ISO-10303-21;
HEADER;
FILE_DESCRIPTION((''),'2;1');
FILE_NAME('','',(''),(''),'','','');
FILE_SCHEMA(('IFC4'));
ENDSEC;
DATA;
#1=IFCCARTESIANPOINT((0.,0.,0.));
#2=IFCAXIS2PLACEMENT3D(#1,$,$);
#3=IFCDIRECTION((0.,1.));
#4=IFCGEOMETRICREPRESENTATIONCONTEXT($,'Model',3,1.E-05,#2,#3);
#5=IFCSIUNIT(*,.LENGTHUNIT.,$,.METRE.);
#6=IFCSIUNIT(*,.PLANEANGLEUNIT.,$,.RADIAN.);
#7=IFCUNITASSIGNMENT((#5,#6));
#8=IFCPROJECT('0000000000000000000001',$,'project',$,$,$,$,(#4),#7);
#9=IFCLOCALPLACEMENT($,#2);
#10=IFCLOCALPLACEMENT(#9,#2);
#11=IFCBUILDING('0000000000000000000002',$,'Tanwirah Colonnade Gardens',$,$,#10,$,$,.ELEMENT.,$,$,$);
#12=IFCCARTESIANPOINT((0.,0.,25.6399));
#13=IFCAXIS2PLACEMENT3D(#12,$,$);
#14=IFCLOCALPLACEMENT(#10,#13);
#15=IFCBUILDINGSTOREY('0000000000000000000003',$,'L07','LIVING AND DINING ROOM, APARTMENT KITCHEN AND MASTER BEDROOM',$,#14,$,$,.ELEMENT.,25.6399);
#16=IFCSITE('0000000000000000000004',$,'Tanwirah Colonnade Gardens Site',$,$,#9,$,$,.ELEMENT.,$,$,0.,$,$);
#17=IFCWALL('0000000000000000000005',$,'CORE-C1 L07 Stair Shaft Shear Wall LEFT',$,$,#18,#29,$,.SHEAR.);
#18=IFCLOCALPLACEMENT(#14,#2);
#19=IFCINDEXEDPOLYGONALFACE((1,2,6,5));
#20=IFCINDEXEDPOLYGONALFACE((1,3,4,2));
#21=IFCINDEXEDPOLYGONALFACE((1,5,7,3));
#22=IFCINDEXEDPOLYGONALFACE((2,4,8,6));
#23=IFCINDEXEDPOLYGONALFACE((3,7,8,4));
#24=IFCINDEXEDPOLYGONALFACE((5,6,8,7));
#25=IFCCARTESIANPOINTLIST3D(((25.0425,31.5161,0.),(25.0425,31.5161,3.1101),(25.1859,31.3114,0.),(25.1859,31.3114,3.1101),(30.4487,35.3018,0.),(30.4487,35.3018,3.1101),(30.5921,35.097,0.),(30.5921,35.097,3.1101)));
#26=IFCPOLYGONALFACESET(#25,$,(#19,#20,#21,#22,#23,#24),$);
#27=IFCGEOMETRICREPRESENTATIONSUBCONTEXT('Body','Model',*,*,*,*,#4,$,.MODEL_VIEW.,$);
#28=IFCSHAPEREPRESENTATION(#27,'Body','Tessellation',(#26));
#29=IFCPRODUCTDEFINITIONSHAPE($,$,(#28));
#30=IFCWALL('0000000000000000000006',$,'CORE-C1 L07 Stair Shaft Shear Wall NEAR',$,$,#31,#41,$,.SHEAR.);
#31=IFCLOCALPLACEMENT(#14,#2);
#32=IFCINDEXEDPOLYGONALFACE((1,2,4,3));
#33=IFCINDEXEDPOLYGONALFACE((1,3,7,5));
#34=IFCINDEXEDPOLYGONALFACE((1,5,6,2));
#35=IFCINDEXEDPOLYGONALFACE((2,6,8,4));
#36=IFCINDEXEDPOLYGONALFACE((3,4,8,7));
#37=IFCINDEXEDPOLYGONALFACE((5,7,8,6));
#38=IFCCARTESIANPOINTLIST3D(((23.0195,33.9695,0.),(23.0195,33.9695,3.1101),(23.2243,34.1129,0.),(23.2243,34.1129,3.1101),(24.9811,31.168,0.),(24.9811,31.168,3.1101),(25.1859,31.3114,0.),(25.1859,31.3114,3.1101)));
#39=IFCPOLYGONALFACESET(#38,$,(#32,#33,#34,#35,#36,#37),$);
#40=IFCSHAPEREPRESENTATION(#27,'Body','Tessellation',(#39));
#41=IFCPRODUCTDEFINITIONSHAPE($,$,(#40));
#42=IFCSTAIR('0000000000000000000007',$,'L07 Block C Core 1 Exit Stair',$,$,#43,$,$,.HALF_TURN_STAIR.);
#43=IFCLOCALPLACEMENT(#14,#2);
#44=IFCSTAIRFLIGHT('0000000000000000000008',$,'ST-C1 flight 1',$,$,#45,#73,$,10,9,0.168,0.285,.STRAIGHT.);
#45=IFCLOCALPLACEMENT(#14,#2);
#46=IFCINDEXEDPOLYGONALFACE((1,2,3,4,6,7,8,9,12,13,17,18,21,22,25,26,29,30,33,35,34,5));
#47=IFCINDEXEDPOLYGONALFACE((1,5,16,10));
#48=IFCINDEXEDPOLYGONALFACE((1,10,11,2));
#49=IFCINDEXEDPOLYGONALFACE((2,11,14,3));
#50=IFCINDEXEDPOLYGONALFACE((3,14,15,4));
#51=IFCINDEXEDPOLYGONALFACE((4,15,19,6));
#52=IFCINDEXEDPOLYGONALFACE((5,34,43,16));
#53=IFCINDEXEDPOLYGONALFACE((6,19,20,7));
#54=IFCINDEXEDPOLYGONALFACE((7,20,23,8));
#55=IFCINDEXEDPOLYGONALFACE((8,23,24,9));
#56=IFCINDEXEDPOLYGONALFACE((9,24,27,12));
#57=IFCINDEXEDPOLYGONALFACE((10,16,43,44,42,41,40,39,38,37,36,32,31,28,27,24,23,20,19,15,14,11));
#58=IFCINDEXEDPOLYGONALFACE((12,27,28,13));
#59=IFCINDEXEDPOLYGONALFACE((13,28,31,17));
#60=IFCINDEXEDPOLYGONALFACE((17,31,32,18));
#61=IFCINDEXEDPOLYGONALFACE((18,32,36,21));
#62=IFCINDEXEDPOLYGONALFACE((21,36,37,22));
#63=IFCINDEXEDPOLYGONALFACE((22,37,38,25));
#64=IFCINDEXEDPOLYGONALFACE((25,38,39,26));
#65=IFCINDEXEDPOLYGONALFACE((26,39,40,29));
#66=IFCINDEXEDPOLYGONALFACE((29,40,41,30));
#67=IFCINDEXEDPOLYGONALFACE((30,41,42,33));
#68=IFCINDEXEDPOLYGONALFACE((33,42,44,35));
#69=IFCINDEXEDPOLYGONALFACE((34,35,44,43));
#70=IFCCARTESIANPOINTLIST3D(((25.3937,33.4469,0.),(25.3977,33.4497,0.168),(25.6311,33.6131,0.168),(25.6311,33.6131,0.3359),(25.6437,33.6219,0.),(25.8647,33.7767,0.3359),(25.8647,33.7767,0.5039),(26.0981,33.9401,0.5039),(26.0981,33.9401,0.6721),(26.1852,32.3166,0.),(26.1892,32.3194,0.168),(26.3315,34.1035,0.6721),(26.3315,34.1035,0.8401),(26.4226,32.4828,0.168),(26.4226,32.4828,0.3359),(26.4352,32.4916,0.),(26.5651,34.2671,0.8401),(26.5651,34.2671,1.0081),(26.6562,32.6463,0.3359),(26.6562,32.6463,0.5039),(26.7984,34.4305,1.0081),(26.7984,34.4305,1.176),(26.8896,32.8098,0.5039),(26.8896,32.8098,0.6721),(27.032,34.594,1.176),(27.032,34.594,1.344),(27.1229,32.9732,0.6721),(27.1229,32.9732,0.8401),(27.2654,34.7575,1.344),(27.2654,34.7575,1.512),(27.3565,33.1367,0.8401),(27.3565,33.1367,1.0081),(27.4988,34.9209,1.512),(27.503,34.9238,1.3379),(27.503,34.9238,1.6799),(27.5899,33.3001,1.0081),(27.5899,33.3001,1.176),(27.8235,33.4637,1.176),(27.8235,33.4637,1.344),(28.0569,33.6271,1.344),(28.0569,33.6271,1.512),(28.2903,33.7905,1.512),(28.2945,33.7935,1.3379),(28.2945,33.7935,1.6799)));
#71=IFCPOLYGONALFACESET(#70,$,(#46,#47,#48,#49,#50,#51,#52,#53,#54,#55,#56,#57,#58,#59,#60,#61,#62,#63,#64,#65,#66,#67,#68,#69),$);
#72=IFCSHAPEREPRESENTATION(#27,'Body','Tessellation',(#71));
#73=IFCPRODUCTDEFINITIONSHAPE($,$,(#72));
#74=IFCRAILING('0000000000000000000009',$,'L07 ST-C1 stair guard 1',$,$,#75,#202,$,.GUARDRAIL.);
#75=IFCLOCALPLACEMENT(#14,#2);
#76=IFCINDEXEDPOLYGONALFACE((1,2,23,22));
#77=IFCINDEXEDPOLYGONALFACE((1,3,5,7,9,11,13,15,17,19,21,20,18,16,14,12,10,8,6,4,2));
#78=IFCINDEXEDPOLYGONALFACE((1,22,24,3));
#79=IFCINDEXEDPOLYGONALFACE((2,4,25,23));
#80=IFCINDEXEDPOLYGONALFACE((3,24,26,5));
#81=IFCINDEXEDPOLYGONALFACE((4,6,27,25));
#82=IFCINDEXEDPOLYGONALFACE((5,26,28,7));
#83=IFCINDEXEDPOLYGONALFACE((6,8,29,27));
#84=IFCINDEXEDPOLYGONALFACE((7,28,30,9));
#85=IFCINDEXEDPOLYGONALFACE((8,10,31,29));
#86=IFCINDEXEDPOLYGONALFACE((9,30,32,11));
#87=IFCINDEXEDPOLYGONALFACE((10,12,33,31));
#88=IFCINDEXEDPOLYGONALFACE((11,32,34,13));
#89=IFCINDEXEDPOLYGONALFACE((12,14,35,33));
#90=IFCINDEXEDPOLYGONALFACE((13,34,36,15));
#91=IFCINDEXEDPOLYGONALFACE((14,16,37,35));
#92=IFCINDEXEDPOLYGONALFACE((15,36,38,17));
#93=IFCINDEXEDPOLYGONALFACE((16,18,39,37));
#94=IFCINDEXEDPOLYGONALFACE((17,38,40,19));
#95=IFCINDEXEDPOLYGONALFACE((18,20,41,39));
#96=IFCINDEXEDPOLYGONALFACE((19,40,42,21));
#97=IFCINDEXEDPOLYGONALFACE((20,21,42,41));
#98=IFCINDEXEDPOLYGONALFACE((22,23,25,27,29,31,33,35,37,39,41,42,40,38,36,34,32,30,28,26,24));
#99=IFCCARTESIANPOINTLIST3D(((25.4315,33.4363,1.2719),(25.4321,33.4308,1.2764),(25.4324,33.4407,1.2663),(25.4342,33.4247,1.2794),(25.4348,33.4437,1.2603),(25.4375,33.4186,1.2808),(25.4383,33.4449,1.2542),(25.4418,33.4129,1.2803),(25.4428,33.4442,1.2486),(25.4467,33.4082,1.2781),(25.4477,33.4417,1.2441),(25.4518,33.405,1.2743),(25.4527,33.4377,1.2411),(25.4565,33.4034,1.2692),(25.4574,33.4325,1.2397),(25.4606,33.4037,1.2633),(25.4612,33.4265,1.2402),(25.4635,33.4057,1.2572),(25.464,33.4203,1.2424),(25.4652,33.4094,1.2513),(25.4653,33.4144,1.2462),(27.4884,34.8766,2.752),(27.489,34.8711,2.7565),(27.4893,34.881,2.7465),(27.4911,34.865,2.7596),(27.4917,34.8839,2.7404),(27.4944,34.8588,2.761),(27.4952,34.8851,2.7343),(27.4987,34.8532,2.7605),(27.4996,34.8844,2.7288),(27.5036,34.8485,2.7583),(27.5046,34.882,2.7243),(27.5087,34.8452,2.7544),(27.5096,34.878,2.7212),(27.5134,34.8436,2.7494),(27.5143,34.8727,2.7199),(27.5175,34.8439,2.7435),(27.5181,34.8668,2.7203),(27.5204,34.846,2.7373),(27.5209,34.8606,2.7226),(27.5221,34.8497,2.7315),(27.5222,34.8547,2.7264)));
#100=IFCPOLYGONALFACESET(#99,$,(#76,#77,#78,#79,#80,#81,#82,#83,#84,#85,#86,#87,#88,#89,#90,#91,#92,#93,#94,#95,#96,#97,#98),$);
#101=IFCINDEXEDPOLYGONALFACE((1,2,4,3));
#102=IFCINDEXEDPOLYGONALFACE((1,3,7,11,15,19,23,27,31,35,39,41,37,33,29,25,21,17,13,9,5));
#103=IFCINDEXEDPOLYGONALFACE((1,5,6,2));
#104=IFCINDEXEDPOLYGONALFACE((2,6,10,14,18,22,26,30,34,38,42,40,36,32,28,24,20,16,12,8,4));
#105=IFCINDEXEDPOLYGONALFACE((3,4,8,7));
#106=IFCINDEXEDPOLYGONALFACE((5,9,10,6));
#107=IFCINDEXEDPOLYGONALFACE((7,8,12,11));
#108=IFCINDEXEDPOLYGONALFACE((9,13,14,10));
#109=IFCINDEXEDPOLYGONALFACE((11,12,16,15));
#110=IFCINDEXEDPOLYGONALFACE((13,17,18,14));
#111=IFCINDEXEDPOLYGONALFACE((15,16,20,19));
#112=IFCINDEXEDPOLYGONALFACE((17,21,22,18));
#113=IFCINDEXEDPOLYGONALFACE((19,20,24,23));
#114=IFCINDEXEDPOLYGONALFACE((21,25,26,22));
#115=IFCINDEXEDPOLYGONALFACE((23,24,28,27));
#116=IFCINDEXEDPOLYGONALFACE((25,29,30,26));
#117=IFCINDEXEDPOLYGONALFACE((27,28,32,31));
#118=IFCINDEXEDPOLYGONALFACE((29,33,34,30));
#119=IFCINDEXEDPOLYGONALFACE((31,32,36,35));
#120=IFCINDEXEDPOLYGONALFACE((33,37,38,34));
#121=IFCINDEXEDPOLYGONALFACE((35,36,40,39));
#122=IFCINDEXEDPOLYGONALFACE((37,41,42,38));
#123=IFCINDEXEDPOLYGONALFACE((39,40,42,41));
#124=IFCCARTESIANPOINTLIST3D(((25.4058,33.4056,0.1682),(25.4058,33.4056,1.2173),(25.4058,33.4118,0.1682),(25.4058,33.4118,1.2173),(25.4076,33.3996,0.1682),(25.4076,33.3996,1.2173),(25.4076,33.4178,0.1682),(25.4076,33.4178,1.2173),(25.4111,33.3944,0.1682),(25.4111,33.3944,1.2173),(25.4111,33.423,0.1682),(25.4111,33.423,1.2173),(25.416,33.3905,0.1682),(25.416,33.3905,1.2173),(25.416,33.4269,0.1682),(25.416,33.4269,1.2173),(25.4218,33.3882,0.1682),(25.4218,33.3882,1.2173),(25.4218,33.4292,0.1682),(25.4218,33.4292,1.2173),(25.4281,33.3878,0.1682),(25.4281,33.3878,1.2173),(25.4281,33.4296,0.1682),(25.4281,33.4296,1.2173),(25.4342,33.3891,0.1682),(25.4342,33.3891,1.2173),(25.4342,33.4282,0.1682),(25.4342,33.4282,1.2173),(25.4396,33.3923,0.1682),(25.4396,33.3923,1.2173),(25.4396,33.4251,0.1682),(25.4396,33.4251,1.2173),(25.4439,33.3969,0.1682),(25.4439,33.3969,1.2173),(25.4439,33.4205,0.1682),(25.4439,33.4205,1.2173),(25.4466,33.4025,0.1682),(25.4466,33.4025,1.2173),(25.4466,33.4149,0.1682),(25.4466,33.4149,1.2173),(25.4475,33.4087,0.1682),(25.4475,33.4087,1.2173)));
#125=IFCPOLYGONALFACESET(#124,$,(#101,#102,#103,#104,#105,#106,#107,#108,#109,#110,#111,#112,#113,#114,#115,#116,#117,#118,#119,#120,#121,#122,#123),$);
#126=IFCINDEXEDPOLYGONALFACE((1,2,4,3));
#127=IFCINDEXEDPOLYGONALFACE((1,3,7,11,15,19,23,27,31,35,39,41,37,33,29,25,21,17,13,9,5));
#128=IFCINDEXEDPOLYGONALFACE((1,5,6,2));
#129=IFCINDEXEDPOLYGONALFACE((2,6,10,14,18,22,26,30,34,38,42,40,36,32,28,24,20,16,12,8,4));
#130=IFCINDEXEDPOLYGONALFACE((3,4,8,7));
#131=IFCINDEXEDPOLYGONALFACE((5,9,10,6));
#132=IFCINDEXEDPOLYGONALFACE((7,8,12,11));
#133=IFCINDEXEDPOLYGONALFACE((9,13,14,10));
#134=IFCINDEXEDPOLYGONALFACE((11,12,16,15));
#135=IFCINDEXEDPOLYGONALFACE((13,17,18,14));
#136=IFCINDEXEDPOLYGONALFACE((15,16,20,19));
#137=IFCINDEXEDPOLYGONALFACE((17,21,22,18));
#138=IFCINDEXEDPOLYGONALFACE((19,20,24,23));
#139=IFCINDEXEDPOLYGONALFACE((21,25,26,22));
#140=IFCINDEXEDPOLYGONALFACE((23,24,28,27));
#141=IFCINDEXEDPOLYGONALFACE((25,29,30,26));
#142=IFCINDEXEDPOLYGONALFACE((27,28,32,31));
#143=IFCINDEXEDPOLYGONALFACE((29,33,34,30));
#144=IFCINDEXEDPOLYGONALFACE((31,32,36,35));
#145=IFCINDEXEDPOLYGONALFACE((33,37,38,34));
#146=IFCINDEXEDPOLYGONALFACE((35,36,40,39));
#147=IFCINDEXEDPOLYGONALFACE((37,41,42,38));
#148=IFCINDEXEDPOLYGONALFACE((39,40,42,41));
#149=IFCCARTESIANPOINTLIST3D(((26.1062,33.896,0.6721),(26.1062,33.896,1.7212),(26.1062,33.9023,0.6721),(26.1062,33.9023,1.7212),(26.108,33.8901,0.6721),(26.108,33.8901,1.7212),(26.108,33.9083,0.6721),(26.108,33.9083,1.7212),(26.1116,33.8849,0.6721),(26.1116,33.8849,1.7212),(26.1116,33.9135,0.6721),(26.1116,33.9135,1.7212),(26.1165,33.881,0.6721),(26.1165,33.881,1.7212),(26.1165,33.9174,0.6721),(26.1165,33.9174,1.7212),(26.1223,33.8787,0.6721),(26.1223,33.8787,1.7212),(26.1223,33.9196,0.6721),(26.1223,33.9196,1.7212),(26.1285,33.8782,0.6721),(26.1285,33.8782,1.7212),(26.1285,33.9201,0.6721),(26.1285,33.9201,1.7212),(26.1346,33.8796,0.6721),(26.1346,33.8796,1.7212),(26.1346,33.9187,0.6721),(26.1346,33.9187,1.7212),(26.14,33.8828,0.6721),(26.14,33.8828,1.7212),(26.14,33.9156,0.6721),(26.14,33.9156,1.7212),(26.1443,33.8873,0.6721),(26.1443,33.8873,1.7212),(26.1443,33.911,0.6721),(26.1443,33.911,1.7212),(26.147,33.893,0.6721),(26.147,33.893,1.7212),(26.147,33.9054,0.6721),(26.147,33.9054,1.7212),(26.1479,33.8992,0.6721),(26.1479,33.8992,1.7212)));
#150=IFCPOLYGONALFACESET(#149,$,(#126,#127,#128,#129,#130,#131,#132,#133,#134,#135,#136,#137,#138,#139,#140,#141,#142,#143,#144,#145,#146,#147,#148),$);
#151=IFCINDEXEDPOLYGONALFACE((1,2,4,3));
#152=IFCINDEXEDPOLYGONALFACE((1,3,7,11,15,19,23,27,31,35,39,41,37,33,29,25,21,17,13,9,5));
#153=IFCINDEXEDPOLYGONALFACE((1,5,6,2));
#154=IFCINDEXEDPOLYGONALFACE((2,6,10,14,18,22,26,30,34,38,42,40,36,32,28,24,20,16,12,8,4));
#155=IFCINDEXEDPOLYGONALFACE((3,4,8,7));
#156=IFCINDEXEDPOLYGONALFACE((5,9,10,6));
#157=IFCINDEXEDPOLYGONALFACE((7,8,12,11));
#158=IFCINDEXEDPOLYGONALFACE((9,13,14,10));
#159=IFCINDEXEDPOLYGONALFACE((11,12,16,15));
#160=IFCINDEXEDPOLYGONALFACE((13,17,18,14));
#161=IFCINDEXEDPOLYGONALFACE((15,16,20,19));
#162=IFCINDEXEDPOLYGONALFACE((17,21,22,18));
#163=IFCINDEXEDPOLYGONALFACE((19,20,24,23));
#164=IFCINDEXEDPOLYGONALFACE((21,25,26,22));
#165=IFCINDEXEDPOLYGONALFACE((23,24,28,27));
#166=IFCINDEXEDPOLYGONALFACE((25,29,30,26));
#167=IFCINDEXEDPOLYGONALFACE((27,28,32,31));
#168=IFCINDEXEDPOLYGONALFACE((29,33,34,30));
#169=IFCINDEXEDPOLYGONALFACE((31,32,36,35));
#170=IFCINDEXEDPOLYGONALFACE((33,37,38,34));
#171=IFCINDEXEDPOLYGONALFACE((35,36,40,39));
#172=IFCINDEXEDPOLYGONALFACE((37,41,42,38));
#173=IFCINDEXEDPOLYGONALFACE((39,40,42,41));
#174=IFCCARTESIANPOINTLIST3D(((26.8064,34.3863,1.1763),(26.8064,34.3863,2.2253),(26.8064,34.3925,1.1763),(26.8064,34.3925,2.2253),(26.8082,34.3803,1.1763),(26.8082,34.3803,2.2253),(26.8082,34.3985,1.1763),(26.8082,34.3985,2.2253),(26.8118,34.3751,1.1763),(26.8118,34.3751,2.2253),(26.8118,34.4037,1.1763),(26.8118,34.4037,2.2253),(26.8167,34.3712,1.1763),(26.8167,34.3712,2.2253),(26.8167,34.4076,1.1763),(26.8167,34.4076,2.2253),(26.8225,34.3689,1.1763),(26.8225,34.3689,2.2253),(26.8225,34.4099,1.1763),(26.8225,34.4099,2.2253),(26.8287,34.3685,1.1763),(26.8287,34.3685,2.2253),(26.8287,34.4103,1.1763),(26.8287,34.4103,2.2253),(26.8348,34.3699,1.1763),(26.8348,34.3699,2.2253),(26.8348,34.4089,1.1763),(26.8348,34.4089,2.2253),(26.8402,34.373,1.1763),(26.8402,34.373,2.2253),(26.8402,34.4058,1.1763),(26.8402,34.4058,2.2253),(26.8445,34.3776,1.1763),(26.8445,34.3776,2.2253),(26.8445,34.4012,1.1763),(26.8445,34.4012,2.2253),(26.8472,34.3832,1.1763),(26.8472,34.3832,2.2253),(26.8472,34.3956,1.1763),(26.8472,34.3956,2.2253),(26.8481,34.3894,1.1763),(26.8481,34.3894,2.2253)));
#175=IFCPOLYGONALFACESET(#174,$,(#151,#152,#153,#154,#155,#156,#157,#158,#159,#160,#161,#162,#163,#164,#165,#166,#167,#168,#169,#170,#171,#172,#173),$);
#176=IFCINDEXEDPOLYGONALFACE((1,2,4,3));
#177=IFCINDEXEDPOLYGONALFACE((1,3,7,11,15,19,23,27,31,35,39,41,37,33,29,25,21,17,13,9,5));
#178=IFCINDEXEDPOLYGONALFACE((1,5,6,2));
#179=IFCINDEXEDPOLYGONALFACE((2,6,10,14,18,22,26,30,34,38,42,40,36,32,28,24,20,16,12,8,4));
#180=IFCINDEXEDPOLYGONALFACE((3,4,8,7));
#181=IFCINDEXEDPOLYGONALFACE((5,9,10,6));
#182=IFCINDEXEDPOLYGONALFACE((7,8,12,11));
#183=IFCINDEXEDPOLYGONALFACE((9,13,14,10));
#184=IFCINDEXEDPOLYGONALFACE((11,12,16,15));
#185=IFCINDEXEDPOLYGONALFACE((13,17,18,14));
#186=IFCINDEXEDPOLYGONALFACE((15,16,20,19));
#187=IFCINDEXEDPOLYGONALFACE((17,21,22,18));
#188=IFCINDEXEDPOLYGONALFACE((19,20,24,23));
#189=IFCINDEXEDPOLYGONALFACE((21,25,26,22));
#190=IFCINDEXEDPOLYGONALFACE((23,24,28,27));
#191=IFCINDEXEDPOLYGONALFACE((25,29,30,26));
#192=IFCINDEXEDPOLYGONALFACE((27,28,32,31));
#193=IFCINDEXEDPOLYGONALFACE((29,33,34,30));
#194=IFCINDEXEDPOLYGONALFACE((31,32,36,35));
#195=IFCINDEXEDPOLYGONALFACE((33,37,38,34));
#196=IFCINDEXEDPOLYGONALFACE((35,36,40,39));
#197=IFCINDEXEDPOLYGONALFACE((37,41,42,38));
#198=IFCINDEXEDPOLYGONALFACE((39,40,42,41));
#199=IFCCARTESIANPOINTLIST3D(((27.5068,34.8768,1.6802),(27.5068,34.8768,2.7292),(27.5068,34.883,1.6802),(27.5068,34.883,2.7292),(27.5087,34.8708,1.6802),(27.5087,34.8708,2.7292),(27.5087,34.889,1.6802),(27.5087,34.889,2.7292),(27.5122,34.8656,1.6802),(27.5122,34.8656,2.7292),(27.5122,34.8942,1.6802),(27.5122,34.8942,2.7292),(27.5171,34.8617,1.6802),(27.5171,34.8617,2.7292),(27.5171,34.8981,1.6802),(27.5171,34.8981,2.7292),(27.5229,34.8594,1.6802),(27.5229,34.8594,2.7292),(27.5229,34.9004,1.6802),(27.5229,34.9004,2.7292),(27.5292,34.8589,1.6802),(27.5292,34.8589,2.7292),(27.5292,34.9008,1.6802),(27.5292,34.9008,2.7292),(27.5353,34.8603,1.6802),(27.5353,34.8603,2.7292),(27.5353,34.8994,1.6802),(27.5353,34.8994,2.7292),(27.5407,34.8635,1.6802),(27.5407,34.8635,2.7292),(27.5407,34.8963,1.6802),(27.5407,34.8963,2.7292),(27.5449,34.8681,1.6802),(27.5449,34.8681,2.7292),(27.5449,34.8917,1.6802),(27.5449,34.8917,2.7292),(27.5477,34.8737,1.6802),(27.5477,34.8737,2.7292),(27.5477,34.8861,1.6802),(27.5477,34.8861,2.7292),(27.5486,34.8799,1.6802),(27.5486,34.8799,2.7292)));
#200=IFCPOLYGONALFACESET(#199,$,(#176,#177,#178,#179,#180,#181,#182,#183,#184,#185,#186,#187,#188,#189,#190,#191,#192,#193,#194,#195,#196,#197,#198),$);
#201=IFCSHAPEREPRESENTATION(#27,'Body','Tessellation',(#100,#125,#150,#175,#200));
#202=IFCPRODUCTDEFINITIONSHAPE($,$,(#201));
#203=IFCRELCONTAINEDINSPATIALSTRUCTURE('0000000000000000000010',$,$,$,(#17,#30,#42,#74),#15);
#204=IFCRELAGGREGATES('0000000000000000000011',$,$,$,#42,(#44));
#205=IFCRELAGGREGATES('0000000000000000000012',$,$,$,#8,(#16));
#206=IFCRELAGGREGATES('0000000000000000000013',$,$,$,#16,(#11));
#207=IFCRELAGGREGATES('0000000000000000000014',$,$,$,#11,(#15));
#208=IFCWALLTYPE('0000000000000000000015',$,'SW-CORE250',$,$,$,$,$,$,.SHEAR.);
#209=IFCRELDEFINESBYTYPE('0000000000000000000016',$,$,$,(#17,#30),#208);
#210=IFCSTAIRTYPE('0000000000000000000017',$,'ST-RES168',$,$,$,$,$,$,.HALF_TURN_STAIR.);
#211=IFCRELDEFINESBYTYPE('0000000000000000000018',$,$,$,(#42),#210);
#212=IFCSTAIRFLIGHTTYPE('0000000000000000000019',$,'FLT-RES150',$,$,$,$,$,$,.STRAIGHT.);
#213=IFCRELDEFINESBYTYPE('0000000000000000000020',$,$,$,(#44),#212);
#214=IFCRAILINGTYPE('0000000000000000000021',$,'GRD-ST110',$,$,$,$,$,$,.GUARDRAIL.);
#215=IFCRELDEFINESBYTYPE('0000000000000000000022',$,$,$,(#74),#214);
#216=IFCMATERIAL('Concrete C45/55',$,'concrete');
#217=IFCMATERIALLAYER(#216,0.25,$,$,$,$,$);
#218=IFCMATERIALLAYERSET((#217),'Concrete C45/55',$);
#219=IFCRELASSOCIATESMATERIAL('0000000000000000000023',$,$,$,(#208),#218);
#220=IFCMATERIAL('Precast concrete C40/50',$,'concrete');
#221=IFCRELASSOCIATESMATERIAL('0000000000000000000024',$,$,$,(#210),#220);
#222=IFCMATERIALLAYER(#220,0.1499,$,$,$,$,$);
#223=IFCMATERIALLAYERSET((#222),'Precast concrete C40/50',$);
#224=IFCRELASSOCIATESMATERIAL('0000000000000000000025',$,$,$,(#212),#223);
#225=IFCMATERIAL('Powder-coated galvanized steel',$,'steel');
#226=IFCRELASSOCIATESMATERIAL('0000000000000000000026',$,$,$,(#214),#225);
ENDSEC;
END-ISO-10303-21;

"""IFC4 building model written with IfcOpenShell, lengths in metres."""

from ifc_helpers import new_model, si_unit, direction, frame, frame_2d, origin, origin_2d, place, context, subcontext, project, spatial, polyline, rectangle, circle, outline, extrude, material, layer, layer_set, type_object, element, aggregate, save


model = new_model("IFC4")

# Units and contexts
model_context = context("Model", 3, precision=1e-05, world=origin(), true_north=direction((0.0, 1.0)))
body_context = subcontext(model_context, "Body", "Model", "MODEL_VIEW")
ifc_project = project(units=[si_unit("LENGTHUNIT", "METRE"), si_unit("PLANEANGLEUNIT", "RADIAN")], contexts=[model_context])

# Site, building, storey
site_placement = place(None, origin())
site = spatial("IfcSite", under=ifc_project, at=site_placement, Name="Tanwirah Colonnade Gardens Site", CompositionType="ELEMENT", RefElevation=0.0)
building_placement = place(site_placement, origin())
building = spatial("IfcBuilding", under=site, at=building_placement, Name="Tanwirah Colonnade Gardens", CompositionType="ELEMENT")
storey_placement = place(building_placement, frame((0.0, 0.0, 25.6399)))
storey = spatial("IfcBuildingStorey", under=building, at=storey_placement, Name="L07", Description="LIVING AND DINING ROOM, APARTMENT KITCHEN AND MASTER BEDROOM", CompositionType="ELEMENT", Elevation=25.6399)

# Shared definitions
ifc_material_1 = material(Name="Precast concrete C40/50", Category="concrete")

# Walls
ifc_material_2 = material(Name="Concrete C45/55", Category="concrete")
ifc_layer_1 = layer(ifc_material_2, 0.25)
ifc_layer_set_1 = layer_set([ifc_layer_1], Name="Concrete C45/55")
wall_type_1 = type_object("IfcWallType", Name="SW-CORE250", PredefinedType="SHEAR", material=ifc_layer_set_1)
wall_1_placement = place(storey_placement, frame((25.1143, 31.4138, 0.0), z_axis=(0.0, 0.0, 1.0), x_axis=(0.819142, 0.573591, 0.0)))
element("IfcWall", 1, at=wall_1_placement, inside=storey, type_object=wall_type_1, Name="CORE-C1 L07 Stair Shaft Shear Wall LEFT", PredefinedType="SHEAR", context=body_context, shape_type="SweptSolid", body=[
    extrude(rectangle(XDim=6.5999, YDim=0.25, at=frame_2d((3.2998, 0.0))), origin(), (0.0, 0.0, 1.0), 3.1101),
])
wall_2_placement = place(storey_placement, frame((25.0835, 31.2397, 0.0), z_axis=(0.0, 0.0, 1.0), x_axis=(-0.573582, 0.819148, 0.0)))
element("IfcWall", 2, at=wall_2_placement, inside=storey, type_object=wall_type_1, Name="CORE-C1 L07 Stair Shaft Shear Wall NEAR", PredefinedType="SHEAR", context=body_context, shape_type="SweptSolid", body=[
    extrude(rectangle(XDim=3.4199, YDim=0.25, at=frame_2d((1.71, 0.0))), origin(), (0.0, 0.0, 1.0), 3.1101),
])

# Stair, stair flight
stair_type = type_object("IfcStairType", Name="ST-RES168", PredefinedType="HALF_TURN_STAIR", material=ifc_material_1)
stair_placement = place(storey_placement, origin())
stair = element("IfcStair", 3, at=stair_placement, inside=storey, type_object=stair_type, Name="L07 Block C Core 1 Exit Stair", PredefinedType="HALF_TURN_STAIR")
ifc_layer_2 = layer(ifc_material_1, 0.1499)
ifc_layer_set_2 = layer_set([ifc_layer_2], Name="Precast concrete C40/50")
stair_flight_type = type_object("IfcStairFlightType", Name="FLT-RES150", PredefinedType="STRAIGHT", material=ifc_layer_set_2)
stair_flight_placement = place(storey_placement, frame((25.7935, 32.8845, 0.0), z_axis=(0.0, 0.0, 1.0), x_axis=(0.819152, 0.573576, 0.0)))
stair_flight = element("IfcStairFlight", 4, at=stair_flight_placement, type_object=stair_flight_type, Name="ST-C1 flight 1", NumberOfRisers=10, NumberOfTreads=9, PredefinedType="STRAIGHT", RiserHeight=0.168, TreadLength=0.285, context=body_context, shape_type="SweptSolid", body=[
    extrude(outline(polyline([(-0.0049, 0.0), (0.0, 0.168), (0.2849, 0.168), (0.2849, 0.3359), (0.5701, 0.3359), (0.5701, 0.5039), (0.855, 0.5039), (0.855, 0.6721), (1.1399, 0.6721), (1.1399, 0.8401), (1.425, 0.8401), (1.425, 1.0081), (1.71, 1.0081), (1.71, 1.176), (1.9951, 1.176), (1.9951, 1.344), (2.28, 1.344), (2.28, 1.512), (2.5649, 1.512), (2.5701, 1.6799), (2.5701, 1.3379), (0.3003, 0.0), (-0.0049, 0.0)])), frame((0.0, 0.6899, 0.0), z_axis=(0.0, -1.0, 0.0), x_axis=(1.0, 0.0, 0.0)), (0.0, 0.0, 1.0), 1.3799),
])
aggregate(stair, [stair_flight])

# Railing
ifc_material_3 = material(Name="Powder-coated galvanized steel", Category="steel")
railing_type_1 = type_object("IfcRailingType", Name="GRD-ST110", PredefinedType="GUARDRAIL", material=ifc_material_3)
railing_1_placement = place(storey_placement, frame((25.4265, 33.4087, 0.1682)))
element("IfcRailing", 5, at=railing_1_placement, inside=storey, type_object=railing_type_1, Name="L07 ST-C1 stair guard 1", PredefinedType="GUARDRAIL", context=body_context, shape_type="SweptSolid", body=[
    extrude(circle(Radius=0.0239, at=origin_2d()), frame((0.022, 0.0154, 1.092), z_axis=(0.705673, 0.494118, 0.507812), x_axis=(-0.573577, 0.819151, 0.0)), (0.0, 0.0, 1.0), 2.9148),
    extrude(circle(Radius=0.021, at=origin_2d()), origin(), (0.0, 0.0, 1.0), 1.0491),
    extrude(circle(Radius=0.021, at=origin_2d()), frame((0.7004, 0.4905, 0.5039)), (0.0, 0.0, 1.0), 1.0491),
    extrude(circle(Radius=0.021, at=origin_2d()), frame((1.4006, 0.9807, 1.0081)), (0.0, 0.0, 1.0), 1.0491),
    extrude(circle(Radius=0.021, at=origin_2d()), frame((2.1011, 1.4712, 1.512)), (0.0, 0.0, 1.0), 1.0491),
])

save(model, "model.ifc")
